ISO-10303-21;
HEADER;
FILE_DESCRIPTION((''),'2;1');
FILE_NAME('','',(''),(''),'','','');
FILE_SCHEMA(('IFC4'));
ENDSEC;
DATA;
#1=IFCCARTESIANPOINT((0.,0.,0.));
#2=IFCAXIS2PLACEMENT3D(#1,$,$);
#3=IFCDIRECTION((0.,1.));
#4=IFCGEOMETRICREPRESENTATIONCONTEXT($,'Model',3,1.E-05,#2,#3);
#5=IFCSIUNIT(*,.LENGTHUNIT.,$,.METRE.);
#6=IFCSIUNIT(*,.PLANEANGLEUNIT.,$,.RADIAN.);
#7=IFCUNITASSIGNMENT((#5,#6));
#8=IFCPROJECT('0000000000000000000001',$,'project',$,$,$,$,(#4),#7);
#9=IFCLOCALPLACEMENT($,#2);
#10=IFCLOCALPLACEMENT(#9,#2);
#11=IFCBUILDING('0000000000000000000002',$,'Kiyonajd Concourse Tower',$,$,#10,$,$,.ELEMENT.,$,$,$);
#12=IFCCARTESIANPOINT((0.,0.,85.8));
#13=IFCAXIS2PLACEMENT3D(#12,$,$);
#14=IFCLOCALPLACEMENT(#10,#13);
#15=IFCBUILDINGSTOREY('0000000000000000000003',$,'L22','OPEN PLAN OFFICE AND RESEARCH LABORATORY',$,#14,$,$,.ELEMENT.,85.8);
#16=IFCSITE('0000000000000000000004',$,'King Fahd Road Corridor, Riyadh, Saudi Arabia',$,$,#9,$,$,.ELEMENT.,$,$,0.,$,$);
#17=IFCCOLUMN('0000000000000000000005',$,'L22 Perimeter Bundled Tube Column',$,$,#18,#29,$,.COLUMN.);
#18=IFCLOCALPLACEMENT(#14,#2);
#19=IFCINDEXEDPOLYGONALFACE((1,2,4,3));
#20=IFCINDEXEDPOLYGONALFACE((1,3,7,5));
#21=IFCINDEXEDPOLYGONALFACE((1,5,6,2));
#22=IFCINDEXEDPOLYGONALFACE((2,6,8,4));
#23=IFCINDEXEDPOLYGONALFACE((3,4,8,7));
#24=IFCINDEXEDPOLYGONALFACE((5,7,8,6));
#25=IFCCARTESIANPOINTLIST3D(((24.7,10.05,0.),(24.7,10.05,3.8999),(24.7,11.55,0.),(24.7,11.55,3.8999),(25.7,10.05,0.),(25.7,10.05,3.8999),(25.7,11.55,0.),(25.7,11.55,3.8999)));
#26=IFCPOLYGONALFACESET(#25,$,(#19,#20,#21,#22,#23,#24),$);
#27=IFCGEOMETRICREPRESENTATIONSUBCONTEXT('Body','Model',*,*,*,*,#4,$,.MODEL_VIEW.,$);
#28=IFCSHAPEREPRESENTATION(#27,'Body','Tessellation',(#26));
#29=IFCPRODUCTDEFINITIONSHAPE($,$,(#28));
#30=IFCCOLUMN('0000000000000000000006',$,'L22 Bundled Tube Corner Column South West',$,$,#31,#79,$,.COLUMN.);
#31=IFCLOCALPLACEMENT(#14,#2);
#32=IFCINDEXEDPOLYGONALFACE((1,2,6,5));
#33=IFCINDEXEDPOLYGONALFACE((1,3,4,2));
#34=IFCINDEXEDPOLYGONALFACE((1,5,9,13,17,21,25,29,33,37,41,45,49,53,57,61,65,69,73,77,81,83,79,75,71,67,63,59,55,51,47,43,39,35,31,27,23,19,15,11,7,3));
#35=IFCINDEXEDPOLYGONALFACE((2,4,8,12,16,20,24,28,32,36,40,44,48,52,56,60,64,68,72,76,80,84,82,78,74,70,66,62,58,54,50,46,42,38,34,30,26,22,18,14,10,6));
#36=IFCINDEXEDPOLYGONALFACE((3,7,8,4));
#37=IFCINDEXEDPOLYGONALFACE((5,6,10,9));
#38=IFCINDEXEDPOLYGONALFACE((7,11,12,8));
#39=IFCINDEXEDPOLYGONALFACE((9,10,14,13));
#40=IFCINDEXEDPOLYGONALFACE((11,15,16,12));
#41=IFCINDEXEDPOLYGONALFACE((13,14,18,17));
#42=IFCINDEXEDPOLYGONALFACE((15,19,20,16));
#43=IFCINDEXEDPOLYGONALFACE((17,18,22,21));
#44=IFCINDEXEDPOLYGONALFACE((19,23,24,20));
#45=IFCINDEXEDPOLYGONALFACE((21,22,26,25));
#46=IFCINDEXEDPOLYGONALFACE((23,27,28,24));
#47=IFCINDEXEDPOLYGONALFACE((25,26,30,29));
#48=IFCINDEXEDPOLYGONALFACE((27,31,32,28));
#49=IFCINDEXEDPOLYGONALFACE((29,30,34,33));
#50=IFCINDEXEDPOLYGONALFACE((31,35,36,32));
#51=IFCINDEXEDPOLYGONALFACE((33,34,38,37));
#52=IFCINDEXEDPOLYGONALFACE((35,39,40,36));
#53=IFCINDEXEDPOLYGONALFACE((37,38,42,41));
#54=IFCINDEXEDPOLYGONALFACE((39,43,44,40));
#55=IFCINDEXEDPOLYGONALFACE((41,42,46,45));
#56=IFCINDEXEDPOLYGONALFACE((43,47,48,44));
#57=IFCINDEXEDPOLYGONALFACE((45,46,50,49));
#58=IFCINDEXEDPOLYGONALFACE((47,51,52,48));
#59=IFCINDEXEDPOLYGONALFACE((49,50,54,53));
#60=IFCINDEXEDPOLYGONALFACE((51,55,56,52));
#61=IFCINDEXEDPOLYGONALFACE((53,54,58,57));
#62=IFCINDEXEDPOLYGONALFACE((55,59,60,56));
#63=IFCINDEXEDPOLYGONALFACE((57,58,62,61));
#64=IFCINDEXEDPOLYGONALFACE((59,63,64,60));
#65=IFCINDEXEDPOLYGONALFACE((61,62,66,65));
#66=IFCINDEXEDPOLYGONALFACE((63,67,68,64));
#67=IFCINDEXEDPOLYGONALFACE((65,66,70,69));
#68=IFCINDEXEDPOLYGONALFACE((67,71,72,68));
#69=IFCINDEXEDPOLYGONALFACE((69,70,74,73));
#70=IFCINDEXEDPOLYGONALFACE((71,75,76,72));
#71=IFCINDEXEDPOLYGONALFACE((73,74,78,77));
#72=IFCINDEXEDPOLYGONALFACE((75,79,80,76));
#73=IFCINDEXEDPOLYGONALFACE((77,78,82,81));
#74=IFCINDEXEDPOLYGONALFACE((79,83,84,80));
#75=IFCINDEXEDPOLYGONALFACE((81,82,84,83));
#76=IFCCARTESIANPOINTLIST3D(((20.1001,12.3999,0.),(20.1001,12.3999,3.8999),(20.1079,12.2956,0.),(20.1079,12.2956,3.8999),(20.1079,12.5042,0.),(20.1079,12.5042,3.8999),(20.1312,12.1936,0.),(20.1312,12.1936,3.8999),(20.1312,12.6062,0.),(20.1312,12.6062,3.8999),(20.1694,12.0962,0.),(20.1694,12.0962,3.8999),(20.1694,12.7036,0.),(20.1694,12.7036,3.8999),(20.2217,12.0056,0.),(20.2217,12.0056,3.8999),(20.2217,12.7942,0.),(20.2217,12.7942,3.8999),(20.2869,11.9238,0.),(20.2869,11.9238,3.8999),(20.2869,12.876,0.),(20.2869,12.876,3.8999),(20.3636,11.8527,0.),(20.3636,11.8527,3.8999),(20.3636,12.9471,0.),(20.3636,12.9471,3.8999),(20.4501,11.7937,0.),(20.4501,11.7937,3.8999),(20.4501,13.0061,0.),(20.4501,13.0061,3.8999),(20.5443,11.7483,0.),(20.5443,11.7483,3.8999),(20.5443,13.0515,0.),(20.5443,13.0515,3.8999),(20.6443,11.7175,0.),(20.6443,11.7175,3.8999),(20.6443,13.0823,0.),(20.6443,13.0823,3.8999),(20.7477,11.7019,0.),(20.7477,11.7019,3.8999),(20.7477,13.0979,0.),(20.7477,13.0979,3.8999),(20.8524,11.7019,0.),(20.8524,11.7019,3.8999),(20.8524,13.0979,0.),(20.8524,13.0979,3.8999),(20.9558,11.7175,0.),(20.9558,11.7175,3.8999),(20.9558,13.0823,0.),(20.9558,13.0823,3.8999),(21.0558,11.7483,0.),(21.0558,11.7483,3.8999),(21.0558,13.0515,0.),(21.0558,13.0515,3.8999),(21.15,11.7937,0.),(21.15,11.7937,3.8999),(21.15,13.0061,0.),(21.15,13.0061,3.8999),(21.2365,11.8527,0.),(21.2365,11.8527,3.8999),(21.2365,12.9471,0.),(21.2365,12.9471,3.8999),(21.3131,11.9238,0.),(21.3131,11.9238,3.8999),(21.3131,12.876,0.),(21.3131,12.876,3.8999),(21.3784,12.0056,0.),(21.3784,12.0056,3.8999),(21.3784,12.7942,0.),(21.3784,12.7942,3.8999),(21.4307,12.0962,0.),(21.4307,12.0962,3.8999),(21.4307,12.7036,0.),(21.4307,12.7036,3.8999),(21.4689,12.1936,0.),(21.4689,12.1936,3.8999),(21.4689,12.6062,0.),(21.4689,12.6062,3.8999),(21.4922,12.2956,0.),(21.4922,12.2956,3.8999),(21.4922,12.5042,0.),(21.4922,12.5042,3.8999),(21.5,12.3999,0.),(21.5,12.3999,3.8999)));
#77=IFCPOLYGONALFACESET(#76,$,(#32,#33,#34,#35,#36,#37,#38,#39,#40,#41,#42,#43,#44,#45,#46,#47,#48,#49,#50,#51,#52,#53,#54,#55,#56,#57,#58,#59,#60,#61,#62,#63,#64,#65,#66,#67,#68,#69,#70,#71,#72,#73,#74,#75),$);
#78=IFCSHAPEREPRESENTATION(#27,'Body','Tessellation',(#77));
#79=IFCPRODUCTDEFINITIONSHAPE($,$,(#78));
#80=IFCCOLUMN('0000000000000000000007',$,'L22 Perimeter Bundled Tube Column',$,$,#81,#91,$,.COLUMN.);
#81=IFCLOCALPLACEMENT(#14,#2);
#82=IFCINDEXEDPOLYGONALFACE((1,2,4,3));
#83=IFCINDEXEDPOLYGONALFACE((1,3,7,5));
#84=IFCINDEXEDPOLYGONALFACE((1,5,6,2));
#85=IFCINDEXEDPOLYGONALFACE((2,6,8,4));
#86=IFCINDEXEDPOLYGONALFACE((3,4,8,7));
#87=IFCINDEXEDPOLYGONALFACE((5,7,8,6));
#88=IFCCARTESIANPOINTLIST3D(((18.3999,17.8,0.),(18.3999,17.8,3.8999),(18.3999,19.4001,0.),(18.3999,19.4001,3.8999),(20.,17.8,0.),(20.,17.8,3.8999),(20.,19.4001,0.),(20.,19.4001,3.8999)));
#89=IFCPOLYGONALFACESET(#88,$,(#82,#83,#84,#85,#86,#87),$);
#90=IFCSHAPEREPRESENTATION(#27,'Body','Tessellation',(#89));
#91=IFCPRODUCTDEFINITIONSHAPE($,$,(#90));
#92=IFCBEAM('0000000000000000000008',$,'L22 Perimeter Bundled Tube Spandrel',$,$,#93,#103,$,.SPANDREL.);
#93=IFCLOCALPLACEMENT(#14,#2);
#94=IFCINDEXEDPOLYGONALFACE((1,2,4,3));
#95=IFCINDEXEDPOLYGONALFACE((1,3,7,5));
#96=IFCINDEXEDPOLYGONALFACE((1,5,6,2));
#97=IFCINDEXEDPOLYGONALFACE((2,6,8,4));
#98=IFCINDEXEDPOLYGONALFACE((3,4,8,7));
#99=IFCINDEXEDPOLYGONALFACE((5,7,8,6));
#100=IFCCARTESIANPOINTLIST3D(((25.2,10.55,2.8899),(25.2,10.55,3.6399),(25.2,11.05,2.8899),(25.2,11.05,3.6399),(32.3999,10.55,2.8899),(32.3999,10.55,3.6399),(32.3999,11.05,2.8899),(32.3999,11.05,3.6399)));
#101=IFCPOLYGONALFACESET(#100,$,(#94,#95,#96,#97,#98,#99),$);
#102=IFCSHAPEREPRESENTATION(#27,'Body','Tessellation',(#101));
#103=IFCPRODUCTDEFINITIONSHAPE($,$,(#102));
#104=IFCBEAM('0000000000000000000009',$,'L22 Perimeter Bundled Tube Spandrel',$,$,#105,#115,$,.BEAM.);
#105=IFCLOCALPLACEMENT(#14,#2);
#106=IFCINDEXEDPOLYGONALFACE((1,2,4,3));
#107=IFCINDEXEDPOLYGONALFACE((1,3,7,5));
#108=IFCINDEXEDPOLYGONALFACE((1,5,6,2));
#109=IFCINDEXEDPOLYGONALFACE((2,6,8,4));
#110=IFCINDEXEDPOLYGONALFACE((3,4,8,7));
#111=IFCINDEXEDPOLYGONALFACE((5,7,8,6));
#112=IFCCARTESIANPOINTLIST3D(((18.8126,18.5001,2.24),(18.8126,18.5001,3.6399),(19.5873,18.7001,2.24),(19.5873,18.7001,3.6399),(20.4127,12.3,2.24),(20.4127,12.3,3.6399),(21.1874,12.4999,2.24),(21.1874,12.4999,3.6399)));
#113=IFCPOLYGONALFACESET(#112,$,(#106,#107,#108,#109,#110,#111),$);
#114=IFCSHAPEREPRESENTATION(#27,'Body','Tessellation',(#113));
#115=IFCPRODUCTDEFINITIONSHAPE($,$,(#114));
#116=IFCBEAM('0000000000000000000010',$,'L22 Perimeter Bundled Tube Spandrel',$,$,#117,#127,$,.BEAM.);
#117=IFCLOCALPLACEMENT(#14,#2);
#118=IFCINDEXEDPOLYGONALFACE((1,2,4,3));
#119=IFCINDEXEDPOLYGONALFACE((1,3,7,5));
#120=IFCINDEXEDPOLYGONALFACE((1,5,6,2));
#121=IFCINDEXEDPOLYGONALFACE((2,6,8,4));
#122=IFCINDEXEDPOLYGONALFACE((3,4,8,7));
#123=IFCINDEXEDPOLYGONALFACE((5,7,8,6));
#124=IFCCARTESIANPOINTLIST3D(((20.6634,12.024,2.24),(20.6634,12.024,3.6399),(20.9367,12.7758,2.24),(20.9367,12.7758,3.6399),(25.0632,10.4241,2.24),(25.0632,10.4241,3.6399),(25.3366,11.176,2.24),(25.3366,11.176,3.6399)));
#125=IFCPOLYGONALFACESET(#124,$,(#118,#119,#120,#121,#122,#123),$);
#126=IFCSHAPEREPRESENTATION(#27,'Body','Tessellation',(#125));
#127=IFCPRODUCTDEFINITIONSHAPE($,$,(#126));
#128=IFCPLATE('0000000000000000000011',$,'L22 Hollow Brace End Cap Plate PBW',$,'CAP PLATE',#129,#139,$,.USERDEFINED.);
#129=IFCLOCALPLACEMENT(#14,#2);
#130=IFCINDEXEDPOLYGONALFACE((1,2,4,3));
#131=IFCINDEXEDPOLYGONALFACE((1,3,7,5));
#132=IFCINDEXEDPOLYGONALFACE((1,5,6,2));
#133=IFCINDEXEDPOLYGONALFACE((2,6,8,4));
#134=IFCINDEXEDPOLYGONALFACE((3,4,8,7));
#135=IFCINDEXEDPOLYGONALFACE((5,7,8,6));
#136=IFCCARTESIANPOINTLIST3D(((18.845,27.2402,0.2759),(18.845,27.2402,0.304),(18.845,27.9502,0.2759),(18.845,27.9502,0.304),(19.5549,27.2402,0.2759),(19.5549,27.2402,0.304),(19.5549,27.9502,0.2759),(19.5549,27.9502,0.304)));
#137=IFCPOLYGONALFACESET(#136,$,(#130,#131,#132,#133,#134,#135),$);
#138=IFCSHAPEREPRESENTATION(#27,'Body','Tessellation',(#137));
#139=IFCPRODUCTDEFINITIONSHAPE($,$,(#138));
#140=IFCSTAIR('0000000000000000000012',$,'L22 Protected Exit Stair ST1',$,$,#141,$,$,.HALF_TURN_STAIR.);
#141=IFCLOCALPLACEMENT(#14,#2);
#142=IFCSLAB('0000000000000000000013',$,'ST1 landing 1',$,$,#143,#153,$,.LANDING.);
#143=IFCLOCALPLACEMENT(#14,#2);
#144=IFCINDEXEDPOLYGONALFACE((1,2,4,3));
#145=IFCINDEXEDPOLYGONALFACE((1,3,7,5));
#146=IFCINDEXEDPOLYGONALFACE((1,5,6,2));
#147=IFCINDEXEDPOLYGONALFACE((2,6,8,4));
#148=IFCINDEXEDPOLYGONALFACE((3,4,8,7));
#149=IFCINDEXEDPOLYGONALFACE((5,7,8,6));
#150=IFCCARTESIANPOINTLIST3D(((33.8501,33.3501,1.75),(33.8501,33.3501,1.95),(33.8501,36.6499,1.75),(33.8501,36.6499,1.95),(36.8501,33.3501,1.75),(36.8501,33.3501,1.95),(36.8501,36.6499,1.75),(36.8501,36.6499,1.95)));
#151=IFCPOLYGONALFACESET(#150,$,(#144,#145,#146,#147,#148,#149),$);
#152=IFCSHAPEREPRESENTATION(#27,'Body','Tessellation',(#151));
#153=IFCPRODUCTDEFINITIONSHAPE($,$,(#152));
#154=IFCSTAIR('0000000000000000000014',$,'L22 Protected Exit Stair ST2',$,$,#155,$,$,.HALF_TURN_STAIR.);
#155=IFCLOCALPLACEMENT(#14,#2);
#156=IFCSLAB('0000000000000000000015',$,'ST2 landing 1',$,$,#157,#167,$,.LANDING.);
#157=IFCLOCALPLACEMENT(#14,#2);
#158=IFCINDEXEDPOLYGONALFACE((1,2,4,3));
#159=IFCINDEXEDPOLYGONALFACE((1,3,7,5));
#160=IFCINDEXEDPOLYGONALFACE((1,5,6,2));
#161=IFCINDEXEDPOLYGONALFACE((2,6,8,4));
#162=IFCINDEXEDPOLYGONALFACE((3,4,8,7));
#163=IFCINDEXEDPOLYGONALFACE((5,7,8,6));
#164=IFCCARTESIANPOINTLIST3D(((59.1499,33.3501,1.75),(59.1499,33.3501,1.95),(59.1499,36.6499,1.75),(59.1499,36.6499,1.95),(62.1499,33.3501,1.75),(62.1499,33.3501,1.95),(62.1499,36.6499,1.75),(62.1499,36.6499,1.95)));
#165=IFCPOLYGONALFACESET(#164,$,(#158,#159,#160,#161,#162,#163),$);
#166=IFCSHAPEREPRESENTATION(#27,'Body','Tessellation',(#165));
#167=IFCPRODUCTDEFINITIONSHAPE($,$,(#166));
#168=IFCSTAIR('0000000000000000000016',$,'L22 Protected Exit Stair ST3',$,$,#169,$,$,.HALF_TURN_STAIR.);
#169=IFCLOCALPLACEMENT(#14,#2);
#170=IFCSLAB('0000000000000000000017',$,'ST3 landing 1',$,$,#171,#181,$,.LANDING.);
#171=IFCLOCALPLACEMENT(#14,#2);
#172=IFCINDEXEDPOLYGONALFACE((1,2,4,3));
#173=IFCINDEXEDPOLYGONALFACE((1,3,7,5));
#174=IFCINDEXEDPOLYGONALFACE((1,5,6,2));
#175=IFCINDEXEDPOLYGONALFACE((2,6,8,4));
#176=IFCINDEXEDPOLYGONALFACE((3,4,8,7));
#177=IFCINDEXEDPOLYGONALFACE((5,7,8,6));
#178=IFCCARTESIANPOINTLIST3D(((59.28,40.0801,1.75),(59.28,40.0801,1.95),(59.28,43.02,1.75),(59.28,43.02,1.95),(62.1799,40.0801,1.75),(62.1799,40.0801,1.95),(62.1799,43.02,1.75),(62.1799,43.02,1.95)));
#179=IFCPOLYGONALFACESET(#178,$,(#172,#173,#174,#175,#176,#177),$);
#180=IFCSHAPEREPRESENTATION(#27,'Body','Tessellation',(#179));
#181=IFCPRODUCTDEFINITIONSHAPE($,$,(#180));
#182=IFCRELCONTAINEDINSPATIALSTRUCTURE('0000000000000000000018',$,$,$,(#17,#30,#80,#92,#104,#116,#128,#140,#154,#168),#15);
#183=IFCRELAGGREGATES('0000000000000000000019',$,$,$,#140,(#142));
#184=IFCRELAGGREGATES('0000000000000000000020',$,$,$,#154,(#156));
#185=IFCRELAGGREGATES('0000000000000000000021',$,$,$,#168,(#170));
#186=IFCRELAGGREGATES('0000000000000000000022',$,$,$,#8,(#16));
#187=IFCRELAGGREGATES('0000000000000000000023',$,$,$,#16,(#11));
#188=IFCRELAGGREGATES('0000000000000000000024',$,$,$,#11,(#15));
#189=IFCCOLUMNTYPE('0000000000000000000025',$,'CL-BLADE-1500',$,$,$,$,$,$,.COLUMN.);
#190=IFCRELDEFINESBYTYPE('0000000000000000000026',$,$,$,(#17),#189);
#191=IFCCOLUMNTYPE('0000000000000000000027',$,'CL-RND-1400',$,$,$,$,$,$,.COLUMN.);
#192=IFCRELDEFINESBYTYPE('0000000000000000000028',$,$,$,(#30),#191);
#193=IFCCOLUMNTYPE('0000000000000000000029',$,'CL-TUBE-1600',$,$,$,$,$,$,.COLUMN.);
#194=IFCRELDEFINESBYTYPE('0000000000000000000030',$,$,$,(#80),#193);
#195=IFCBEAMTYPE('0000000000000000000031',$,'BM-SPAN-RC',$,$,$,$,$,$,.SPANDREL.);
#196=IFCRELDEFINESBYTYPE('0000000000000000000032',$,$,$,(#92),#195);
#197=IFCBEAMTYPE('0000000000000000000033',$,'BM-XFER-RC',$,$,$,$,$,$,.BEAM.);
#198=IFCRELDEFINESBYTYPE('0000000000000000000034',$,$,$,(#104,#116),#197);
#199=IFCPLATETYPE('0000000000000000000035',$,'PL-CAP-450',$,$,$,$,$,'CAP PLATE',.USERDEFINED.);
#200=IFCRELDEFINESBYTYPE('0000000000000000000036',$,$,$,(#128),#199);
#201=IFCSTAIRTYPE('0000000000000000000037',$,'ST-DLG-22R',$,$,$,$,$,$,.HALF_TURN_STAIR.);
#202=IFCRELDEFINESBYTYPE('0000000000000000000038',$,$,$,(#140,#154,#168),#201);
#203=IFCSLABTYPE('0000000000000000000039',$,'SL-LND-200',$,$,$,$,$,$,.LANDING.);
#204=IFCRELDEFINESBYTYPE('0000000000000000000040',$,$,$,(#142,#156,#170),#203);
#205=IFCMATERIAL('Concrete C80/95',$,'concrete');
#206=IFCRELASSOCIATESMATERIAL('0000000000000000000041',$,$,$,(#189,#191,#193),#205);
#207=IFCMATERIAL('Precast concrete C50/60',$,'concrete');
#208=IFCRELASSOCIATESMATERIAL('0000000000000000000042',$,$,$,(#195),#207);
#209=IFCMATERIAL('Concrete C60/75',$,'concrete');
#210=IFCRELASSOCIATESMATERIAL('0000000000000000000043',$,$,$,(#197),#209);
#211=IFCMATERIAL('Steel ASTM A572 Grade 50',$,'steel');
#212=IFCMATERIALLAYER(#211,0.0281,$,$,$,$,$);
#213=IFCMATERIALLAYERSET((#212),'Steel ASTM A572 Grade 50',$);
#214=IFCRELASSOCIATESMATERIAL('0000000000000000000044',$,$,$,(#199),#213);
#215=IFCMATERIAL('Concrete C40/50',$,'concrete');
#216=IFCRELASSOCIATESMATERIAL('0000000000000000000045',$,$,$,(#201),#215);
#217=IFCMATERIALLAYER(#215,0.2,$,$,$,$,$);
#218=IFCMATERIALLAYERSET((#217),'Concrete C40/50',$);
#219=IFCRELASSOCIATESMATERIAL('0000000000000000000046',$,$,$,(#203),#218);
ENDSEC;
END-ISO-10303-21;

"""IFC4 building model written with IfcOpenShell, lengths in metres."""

from ifc_helpers import new_model, si_unit, direction, frame, origin, origin_2d, place, context, subcontext, project, spatial, polyline, rectangle, circle, outline, extrude, material, layer, layer_set, material_profile, profile_set, type_object, element, aggregate, save


model = new_model("IFC4")

# Units and contexts
model_context = context("Model", 3, precision=1e-05, world=origin(), true_north=direction((0.0, 1.0)))
body_context = subcontext(model_context, "Body", "Model", "MODEL_VIEW")
ifc_project = project(units=[si_unit("LENGTHUNIT", "METRE"), si_unit("PLANEANGLEUNIT", "RADIAN")], contexts=[model_context])

# Site, building, storey
site_placement = place(None, origin())
site = spatial("IfcSite", under=ifc_project, at=site_placement, Name="King Fahd Road Corridor, Riyadh, Saudi Arabia", CompositionType="ELEMENT", RefElevation=0.0)
building_placement = place(site_placement, origin())
building = spatial("IfcBuilding", under=site, at=building_placement, Name="Kiyonajd Concourse Tower", CompositionType="ELEMENT")
storey_placement = place(building_placement, frame((0.0, 0.0, 85.8)))
storey = spatial("IfcBuildingStorey", under=building, at=storey_placement, Name="L22", Description="OPEN PLAN OFFICE AND RESEARCH LABORATORY", CompositionType="ELEMENT", Elevation=85.8)

# Columns
ifc_material_1 = material(Name="Concrete C80/95", Category="concrete")
ifc_material_profile_1 = material_profile(ifc_material_1, rectangle(XDim=1.0, YDim=1.5, at=origin_2d()), Name="RC-1500x1000")
ifc_profile_set_1 = profile_set([ifc_material_profile_1], Name="Concrete C80/95")
column_type_1 = type_object("IfcColumnType", Name="CL-BLADE-1500", PredefinedType="COLUMN", material=ifc_profile_set_1)
column_1_placement = place(storey_placement, frame((25.2, 10.8, 0.0), z_axis=(0.0, 0.0, 1.0), x_axis=(1.0, 0.0, 0.0)))
element("IfcColumn", 1, at=column_1_placement, inside=storey, type_object=column_type_1, Name="L22 Perimeter Bundled Tube Column", PredefinedType="COLUMN", context=body_context, shape_type="SweptSolid", body=[
    extrude(rectangle(XDim=1.0, YDim=1.5, at=origin_2d()), origin(), (0.0, 0.0, 1.0), 3.8999),
])
ifc_material_profile_2 = material_profile(ifc_material_1, circle(Radius=0.7, at=origin_2d()), Name="RCC-D1400")
ifc_profile_set_2 = profile_set([ifc_material_profile_2], Name="Concrete C80/95")
column_type_2 = type_object("IfcColumnType", Name="CL-RND-1400", PredefinedType="COLUMN", material=ifc_profile_set_2)
column_2_placement = place(storey_placement, frame((20.8, 12.3999, 0.0), z_axis=(0.0, 0.0, 1.0), x_axis=(1.0, 0.0, 0.0)))
element("IfcColumn", 2, at=column_2_placement, inside=storey, type_object=column_type_2, Name="L22 Bundled Tube Corner Column South West", PredefinedType="COLUMN", context=body_context, shape_type="SweptSolid", body=[
    extrude(circle(Radius=0.7, at=origin_2d()), origin(), (0.0, 0.0, 1.0), 3.8999),
])
ifc_material_profile_3 = material_profile(ifc_material_1, rectangle(XDim=1.6001, YDim=1.6001, at=origin_2d()), Name="RC-1600x1600")
ifc_profile_set_3 = profile_set([ifc_material_profile_3], Name="Concrete C80/95")
column_type_3 = type_object("IfcColumnType", Name="CL-TUBE-1600", PredefinedType="COLUMN", material=ifc_profile_set_3)
column_3_placement = place(storey_placement, frame((19.2, 18.6001, 0.0), z_axis=(0.0, 0.0, 1.0), x_axis=(1.0, 0.0, 0.0)))
element("IfcColumn", 3, at=column_3_placement, inside=storey, type_object=column_type_3, Name="L22 Perimeter Bundled Tube Column", PredefinedType="COLUMN", context=body_context, shape_type="SweptSolid", body=[
    extrude(rectangle(XDim=1.6001, YDim=1.6001, at=origin_2d()), origin(), (0.0, 0.0, 1.0), 3.8999),
])

# Beams
ifc_material_2 = material(Name="Precast concrete C50/60", Category="concrete")
ifc_material_profile_4 = material_profile(ifc_material_2, rectangle(XDim=0.5, YDim=0.75, at=origin_2d()), Name="RCBM-500x750")
ifc_profile_set_4 = profile_set([ifc_material_profile_4], Name="Precast concrete C50/60")
beam_type_1 = type_object("IfcBeamType", Name="BM-SPAN-RC", PredefinedType="SPANDREL", material=ifc_profile_set_4)
beam_1_placement = place(storey_placement, frame((25.2, 10.8, 3.2649), z_axis=(1.0, 0.0, 0.0), x_axis=(0.0, 1.0, 0.0)))
element("IfcBeam", 4, at=beam_1_placement, inside=storey, type_object=beam_type_1, Name="L22 Perimeter Bundled Tube Spandrel", PredefinedType="SPANDREL", context=body_context, shape_type="SweptSolid", body=[
    extrude(rectangle(XDim=0.5, YDim=0.75, at=origin_2d()), origin(), (0.0, 0.0, 1.0), 7.2),
])
ifc_material_3 = material(Name="Concrete C60/75", Category="concrete")
ifc_material_profile_5 = material_profile(ifc_material_3, rectangle(XDim=0.8, YDim=1.3999, at=origin_2d()), Name="RCBM-800x1400")
ifc_profile_set_5 = profile_set([ifc_material_profile_5], Name="Concrete C60/75")
beam_type_2 = type_object("IfcBeamType", Name="BM-XFER-RC", PredefinedType="BEAM", material=ifc_profile_set_5)
beam_2_placement = place(storey_placement, frame((19.2, 18.6001, 2.9399), z_axis=(0.249885, -0.968276, 0.0), x_axis=(0.968276, 0.249885, 0.0)))
element("IfcBeam", 5, at=beam_2_placement, inside=storey, type_object=beam_type_2, Name="L22 Perimeter Bundled Tube Spandrel", PredefinedType="BEAM", context=body_context, shape_type="SweptSolid", body=[
    extrude(rectangle(XDim=0.8, YDim=1.3999, at=origin_2d()), origin(), (0.0, 0.0, 1.0), 6.4033),
])
beam_3_placement = place(storey_placement, frame((20.8, 12.3999, 2.9399), z_axis=(0.939801, -0.341722, 0.0), x_axis=(0.341722, 0.939801, 0.0)))
element("IfcBeam", 6, at=beam_3_placement, inside=storey, type_object=beam_type_2, Name="L22 Perimeter Bundled Tube Spandrel", PredefinedType="BEAM", context=body_context, shape_type="SweptSolid", body=[
    extrude(rectangle(XDim=0.8, YDim=1.3999, at=origin_2d()), origin(), (0.0, 0.0, 1.0), 4.6816),
])

# Plate
ifc_material_4 = material(Name="Steel ASTM A572 Grade 50", Category="steel")
ifc_layer_1 = layer(ifc_material_4, 0.0281)
ifc_layer_set_1 = layer_set([ifc_layer_1], Name="Steel ASTM A572 Grade 50")
plate_type = type_object("IfcPlateType", Name="PL-CAP-450", ElementType="CAP PLATE", PredefinedType="USERDEFINED", material=ifc_layer_set_1)
plate_placement = place(storey_placement, frame((19.2, 27.5952, 0.2759), z_axis=(0.0, 0.0, 1.0), x_axis=(1.0, 0.0, 0.0)))
element("IfcPlate", 7, at=plate_placement, inside=storey, type_object=plate_type, Name="L22 Hollow Brace End Cap Plate PBW", ObjectType="CAP PLATE", PredefinedType="USERDEFINED", context=body_context, shape_type="SweptSolid", body=[
    extrude(rectangle(XDim=0.71, YDim=0.71, at=origin_2d()), origin(), (0.0, 0.0, 1.0), 0.0281),
])

# Stairs, slabs
ifc_material_5 = material(Name="Concrete C40/50", Category="concrete")
stair_type = type_object("IfcStairType", Name="ST-DLG-22R", PredefinedType="HALF_TURN_STAIR", material=ifc_material_5)
stair_1_placement = place(storey_placement, origin())
stair_1 = element("IfcStair", 8, at=stair_1_placement, inside=storey, type_object=stair_type, Name="L22 Protected Exit Stair ST1", PredefinedType="HALF_TURN_STAIR")
ifc_layer_2 = layer(ifc_material_5, 0.2)
ifc_layer_set_2 = layer_set([ifc_layer_2], Name="Concrete C40/50")
slab_type_1 = type_object("IfcSlabType", Name="SL-LND-200", PredefinedType="LANDING", material=ifc_layer_set_2)
slab_1_placement = place(storey_placement, frame((0.0, 0.0, 1.75)))
slab_1 = element("IfcSlab", 9, at=slab_1_placement, type_object=slab_type_1, Name="ST1 landing 1", PredefinedType="LANDING", context=body_context, shape_type="SweptSolid", body=[
    extrude(outline(polyline([(36.8501, 33.3501), (36.8501, 36.6499), (33.8501, 36.6499), (33.8501, 33.3501), (36.8501, 33.3501)])), origin(), (0.0, 0.0, 1.0), 0.2),
])
aggregate(stair_1, [slab_1])
stair_2_placement = place(storey_placement, origin())
stair_2 = element("IfcStair", 10, at=stair_2_placement, inside=storey, type_object=stair_type, Name="L22 Protected Exit Stair ST2", PredefinedType="HALF_TURN_STAIR")
slab_2_placement = place(storey_placement, frame((0.0, 0.0, 1.75)))
slab_2 = element("IfcSlab", 11, at=slab_2_placement, type_object=slab_type_1, Name="ST2 landing 1", PredefinedType="LANDING", context=body_context, shape_type="SweptSolid", body=[
    extrude(outline(polyline([(62.1499, 33.3501), (62.1499, 36.6499), (59.1499, 36.6499), (59.1499, 33.3501), (62.1499, 33.3501)])), origin(), (0.0, 0.0, 1.0), 0.2),
])
aggregate(stair_2, [slab_2])
stair_3_placement = place(storey_placement, origin())
stair_3 = element("IfcStair", 12, at=stair_3_placement, inside=storey, type_object=stair_type, Name="L22 Protected Exit Stair ST3", PredefinedType="HALF_TURN_STAIR")
slab_3_placement = place(storey_placement, frame((0.0, 0.0, 1.75)))
slab_3 = element("IfcSlab", 13, at=slab_3_placement, type_object=slab_type_1, Name="ST3 landing 1", PredefinedType="LANDING", context=body_context, shape_type="SweptSolid", body=[
    extrude(outline(polyline([(59.28, 40.0801), (62.1799, 40.0801), (62.1799, 43.02), (59.28, 43.02), (59.28, 40.0801)])), origin(), (0.0, 0.0, 1.0), 0.2),
])
aggregate(stair_3, [slab_3])

save(model, "model.ifc")
